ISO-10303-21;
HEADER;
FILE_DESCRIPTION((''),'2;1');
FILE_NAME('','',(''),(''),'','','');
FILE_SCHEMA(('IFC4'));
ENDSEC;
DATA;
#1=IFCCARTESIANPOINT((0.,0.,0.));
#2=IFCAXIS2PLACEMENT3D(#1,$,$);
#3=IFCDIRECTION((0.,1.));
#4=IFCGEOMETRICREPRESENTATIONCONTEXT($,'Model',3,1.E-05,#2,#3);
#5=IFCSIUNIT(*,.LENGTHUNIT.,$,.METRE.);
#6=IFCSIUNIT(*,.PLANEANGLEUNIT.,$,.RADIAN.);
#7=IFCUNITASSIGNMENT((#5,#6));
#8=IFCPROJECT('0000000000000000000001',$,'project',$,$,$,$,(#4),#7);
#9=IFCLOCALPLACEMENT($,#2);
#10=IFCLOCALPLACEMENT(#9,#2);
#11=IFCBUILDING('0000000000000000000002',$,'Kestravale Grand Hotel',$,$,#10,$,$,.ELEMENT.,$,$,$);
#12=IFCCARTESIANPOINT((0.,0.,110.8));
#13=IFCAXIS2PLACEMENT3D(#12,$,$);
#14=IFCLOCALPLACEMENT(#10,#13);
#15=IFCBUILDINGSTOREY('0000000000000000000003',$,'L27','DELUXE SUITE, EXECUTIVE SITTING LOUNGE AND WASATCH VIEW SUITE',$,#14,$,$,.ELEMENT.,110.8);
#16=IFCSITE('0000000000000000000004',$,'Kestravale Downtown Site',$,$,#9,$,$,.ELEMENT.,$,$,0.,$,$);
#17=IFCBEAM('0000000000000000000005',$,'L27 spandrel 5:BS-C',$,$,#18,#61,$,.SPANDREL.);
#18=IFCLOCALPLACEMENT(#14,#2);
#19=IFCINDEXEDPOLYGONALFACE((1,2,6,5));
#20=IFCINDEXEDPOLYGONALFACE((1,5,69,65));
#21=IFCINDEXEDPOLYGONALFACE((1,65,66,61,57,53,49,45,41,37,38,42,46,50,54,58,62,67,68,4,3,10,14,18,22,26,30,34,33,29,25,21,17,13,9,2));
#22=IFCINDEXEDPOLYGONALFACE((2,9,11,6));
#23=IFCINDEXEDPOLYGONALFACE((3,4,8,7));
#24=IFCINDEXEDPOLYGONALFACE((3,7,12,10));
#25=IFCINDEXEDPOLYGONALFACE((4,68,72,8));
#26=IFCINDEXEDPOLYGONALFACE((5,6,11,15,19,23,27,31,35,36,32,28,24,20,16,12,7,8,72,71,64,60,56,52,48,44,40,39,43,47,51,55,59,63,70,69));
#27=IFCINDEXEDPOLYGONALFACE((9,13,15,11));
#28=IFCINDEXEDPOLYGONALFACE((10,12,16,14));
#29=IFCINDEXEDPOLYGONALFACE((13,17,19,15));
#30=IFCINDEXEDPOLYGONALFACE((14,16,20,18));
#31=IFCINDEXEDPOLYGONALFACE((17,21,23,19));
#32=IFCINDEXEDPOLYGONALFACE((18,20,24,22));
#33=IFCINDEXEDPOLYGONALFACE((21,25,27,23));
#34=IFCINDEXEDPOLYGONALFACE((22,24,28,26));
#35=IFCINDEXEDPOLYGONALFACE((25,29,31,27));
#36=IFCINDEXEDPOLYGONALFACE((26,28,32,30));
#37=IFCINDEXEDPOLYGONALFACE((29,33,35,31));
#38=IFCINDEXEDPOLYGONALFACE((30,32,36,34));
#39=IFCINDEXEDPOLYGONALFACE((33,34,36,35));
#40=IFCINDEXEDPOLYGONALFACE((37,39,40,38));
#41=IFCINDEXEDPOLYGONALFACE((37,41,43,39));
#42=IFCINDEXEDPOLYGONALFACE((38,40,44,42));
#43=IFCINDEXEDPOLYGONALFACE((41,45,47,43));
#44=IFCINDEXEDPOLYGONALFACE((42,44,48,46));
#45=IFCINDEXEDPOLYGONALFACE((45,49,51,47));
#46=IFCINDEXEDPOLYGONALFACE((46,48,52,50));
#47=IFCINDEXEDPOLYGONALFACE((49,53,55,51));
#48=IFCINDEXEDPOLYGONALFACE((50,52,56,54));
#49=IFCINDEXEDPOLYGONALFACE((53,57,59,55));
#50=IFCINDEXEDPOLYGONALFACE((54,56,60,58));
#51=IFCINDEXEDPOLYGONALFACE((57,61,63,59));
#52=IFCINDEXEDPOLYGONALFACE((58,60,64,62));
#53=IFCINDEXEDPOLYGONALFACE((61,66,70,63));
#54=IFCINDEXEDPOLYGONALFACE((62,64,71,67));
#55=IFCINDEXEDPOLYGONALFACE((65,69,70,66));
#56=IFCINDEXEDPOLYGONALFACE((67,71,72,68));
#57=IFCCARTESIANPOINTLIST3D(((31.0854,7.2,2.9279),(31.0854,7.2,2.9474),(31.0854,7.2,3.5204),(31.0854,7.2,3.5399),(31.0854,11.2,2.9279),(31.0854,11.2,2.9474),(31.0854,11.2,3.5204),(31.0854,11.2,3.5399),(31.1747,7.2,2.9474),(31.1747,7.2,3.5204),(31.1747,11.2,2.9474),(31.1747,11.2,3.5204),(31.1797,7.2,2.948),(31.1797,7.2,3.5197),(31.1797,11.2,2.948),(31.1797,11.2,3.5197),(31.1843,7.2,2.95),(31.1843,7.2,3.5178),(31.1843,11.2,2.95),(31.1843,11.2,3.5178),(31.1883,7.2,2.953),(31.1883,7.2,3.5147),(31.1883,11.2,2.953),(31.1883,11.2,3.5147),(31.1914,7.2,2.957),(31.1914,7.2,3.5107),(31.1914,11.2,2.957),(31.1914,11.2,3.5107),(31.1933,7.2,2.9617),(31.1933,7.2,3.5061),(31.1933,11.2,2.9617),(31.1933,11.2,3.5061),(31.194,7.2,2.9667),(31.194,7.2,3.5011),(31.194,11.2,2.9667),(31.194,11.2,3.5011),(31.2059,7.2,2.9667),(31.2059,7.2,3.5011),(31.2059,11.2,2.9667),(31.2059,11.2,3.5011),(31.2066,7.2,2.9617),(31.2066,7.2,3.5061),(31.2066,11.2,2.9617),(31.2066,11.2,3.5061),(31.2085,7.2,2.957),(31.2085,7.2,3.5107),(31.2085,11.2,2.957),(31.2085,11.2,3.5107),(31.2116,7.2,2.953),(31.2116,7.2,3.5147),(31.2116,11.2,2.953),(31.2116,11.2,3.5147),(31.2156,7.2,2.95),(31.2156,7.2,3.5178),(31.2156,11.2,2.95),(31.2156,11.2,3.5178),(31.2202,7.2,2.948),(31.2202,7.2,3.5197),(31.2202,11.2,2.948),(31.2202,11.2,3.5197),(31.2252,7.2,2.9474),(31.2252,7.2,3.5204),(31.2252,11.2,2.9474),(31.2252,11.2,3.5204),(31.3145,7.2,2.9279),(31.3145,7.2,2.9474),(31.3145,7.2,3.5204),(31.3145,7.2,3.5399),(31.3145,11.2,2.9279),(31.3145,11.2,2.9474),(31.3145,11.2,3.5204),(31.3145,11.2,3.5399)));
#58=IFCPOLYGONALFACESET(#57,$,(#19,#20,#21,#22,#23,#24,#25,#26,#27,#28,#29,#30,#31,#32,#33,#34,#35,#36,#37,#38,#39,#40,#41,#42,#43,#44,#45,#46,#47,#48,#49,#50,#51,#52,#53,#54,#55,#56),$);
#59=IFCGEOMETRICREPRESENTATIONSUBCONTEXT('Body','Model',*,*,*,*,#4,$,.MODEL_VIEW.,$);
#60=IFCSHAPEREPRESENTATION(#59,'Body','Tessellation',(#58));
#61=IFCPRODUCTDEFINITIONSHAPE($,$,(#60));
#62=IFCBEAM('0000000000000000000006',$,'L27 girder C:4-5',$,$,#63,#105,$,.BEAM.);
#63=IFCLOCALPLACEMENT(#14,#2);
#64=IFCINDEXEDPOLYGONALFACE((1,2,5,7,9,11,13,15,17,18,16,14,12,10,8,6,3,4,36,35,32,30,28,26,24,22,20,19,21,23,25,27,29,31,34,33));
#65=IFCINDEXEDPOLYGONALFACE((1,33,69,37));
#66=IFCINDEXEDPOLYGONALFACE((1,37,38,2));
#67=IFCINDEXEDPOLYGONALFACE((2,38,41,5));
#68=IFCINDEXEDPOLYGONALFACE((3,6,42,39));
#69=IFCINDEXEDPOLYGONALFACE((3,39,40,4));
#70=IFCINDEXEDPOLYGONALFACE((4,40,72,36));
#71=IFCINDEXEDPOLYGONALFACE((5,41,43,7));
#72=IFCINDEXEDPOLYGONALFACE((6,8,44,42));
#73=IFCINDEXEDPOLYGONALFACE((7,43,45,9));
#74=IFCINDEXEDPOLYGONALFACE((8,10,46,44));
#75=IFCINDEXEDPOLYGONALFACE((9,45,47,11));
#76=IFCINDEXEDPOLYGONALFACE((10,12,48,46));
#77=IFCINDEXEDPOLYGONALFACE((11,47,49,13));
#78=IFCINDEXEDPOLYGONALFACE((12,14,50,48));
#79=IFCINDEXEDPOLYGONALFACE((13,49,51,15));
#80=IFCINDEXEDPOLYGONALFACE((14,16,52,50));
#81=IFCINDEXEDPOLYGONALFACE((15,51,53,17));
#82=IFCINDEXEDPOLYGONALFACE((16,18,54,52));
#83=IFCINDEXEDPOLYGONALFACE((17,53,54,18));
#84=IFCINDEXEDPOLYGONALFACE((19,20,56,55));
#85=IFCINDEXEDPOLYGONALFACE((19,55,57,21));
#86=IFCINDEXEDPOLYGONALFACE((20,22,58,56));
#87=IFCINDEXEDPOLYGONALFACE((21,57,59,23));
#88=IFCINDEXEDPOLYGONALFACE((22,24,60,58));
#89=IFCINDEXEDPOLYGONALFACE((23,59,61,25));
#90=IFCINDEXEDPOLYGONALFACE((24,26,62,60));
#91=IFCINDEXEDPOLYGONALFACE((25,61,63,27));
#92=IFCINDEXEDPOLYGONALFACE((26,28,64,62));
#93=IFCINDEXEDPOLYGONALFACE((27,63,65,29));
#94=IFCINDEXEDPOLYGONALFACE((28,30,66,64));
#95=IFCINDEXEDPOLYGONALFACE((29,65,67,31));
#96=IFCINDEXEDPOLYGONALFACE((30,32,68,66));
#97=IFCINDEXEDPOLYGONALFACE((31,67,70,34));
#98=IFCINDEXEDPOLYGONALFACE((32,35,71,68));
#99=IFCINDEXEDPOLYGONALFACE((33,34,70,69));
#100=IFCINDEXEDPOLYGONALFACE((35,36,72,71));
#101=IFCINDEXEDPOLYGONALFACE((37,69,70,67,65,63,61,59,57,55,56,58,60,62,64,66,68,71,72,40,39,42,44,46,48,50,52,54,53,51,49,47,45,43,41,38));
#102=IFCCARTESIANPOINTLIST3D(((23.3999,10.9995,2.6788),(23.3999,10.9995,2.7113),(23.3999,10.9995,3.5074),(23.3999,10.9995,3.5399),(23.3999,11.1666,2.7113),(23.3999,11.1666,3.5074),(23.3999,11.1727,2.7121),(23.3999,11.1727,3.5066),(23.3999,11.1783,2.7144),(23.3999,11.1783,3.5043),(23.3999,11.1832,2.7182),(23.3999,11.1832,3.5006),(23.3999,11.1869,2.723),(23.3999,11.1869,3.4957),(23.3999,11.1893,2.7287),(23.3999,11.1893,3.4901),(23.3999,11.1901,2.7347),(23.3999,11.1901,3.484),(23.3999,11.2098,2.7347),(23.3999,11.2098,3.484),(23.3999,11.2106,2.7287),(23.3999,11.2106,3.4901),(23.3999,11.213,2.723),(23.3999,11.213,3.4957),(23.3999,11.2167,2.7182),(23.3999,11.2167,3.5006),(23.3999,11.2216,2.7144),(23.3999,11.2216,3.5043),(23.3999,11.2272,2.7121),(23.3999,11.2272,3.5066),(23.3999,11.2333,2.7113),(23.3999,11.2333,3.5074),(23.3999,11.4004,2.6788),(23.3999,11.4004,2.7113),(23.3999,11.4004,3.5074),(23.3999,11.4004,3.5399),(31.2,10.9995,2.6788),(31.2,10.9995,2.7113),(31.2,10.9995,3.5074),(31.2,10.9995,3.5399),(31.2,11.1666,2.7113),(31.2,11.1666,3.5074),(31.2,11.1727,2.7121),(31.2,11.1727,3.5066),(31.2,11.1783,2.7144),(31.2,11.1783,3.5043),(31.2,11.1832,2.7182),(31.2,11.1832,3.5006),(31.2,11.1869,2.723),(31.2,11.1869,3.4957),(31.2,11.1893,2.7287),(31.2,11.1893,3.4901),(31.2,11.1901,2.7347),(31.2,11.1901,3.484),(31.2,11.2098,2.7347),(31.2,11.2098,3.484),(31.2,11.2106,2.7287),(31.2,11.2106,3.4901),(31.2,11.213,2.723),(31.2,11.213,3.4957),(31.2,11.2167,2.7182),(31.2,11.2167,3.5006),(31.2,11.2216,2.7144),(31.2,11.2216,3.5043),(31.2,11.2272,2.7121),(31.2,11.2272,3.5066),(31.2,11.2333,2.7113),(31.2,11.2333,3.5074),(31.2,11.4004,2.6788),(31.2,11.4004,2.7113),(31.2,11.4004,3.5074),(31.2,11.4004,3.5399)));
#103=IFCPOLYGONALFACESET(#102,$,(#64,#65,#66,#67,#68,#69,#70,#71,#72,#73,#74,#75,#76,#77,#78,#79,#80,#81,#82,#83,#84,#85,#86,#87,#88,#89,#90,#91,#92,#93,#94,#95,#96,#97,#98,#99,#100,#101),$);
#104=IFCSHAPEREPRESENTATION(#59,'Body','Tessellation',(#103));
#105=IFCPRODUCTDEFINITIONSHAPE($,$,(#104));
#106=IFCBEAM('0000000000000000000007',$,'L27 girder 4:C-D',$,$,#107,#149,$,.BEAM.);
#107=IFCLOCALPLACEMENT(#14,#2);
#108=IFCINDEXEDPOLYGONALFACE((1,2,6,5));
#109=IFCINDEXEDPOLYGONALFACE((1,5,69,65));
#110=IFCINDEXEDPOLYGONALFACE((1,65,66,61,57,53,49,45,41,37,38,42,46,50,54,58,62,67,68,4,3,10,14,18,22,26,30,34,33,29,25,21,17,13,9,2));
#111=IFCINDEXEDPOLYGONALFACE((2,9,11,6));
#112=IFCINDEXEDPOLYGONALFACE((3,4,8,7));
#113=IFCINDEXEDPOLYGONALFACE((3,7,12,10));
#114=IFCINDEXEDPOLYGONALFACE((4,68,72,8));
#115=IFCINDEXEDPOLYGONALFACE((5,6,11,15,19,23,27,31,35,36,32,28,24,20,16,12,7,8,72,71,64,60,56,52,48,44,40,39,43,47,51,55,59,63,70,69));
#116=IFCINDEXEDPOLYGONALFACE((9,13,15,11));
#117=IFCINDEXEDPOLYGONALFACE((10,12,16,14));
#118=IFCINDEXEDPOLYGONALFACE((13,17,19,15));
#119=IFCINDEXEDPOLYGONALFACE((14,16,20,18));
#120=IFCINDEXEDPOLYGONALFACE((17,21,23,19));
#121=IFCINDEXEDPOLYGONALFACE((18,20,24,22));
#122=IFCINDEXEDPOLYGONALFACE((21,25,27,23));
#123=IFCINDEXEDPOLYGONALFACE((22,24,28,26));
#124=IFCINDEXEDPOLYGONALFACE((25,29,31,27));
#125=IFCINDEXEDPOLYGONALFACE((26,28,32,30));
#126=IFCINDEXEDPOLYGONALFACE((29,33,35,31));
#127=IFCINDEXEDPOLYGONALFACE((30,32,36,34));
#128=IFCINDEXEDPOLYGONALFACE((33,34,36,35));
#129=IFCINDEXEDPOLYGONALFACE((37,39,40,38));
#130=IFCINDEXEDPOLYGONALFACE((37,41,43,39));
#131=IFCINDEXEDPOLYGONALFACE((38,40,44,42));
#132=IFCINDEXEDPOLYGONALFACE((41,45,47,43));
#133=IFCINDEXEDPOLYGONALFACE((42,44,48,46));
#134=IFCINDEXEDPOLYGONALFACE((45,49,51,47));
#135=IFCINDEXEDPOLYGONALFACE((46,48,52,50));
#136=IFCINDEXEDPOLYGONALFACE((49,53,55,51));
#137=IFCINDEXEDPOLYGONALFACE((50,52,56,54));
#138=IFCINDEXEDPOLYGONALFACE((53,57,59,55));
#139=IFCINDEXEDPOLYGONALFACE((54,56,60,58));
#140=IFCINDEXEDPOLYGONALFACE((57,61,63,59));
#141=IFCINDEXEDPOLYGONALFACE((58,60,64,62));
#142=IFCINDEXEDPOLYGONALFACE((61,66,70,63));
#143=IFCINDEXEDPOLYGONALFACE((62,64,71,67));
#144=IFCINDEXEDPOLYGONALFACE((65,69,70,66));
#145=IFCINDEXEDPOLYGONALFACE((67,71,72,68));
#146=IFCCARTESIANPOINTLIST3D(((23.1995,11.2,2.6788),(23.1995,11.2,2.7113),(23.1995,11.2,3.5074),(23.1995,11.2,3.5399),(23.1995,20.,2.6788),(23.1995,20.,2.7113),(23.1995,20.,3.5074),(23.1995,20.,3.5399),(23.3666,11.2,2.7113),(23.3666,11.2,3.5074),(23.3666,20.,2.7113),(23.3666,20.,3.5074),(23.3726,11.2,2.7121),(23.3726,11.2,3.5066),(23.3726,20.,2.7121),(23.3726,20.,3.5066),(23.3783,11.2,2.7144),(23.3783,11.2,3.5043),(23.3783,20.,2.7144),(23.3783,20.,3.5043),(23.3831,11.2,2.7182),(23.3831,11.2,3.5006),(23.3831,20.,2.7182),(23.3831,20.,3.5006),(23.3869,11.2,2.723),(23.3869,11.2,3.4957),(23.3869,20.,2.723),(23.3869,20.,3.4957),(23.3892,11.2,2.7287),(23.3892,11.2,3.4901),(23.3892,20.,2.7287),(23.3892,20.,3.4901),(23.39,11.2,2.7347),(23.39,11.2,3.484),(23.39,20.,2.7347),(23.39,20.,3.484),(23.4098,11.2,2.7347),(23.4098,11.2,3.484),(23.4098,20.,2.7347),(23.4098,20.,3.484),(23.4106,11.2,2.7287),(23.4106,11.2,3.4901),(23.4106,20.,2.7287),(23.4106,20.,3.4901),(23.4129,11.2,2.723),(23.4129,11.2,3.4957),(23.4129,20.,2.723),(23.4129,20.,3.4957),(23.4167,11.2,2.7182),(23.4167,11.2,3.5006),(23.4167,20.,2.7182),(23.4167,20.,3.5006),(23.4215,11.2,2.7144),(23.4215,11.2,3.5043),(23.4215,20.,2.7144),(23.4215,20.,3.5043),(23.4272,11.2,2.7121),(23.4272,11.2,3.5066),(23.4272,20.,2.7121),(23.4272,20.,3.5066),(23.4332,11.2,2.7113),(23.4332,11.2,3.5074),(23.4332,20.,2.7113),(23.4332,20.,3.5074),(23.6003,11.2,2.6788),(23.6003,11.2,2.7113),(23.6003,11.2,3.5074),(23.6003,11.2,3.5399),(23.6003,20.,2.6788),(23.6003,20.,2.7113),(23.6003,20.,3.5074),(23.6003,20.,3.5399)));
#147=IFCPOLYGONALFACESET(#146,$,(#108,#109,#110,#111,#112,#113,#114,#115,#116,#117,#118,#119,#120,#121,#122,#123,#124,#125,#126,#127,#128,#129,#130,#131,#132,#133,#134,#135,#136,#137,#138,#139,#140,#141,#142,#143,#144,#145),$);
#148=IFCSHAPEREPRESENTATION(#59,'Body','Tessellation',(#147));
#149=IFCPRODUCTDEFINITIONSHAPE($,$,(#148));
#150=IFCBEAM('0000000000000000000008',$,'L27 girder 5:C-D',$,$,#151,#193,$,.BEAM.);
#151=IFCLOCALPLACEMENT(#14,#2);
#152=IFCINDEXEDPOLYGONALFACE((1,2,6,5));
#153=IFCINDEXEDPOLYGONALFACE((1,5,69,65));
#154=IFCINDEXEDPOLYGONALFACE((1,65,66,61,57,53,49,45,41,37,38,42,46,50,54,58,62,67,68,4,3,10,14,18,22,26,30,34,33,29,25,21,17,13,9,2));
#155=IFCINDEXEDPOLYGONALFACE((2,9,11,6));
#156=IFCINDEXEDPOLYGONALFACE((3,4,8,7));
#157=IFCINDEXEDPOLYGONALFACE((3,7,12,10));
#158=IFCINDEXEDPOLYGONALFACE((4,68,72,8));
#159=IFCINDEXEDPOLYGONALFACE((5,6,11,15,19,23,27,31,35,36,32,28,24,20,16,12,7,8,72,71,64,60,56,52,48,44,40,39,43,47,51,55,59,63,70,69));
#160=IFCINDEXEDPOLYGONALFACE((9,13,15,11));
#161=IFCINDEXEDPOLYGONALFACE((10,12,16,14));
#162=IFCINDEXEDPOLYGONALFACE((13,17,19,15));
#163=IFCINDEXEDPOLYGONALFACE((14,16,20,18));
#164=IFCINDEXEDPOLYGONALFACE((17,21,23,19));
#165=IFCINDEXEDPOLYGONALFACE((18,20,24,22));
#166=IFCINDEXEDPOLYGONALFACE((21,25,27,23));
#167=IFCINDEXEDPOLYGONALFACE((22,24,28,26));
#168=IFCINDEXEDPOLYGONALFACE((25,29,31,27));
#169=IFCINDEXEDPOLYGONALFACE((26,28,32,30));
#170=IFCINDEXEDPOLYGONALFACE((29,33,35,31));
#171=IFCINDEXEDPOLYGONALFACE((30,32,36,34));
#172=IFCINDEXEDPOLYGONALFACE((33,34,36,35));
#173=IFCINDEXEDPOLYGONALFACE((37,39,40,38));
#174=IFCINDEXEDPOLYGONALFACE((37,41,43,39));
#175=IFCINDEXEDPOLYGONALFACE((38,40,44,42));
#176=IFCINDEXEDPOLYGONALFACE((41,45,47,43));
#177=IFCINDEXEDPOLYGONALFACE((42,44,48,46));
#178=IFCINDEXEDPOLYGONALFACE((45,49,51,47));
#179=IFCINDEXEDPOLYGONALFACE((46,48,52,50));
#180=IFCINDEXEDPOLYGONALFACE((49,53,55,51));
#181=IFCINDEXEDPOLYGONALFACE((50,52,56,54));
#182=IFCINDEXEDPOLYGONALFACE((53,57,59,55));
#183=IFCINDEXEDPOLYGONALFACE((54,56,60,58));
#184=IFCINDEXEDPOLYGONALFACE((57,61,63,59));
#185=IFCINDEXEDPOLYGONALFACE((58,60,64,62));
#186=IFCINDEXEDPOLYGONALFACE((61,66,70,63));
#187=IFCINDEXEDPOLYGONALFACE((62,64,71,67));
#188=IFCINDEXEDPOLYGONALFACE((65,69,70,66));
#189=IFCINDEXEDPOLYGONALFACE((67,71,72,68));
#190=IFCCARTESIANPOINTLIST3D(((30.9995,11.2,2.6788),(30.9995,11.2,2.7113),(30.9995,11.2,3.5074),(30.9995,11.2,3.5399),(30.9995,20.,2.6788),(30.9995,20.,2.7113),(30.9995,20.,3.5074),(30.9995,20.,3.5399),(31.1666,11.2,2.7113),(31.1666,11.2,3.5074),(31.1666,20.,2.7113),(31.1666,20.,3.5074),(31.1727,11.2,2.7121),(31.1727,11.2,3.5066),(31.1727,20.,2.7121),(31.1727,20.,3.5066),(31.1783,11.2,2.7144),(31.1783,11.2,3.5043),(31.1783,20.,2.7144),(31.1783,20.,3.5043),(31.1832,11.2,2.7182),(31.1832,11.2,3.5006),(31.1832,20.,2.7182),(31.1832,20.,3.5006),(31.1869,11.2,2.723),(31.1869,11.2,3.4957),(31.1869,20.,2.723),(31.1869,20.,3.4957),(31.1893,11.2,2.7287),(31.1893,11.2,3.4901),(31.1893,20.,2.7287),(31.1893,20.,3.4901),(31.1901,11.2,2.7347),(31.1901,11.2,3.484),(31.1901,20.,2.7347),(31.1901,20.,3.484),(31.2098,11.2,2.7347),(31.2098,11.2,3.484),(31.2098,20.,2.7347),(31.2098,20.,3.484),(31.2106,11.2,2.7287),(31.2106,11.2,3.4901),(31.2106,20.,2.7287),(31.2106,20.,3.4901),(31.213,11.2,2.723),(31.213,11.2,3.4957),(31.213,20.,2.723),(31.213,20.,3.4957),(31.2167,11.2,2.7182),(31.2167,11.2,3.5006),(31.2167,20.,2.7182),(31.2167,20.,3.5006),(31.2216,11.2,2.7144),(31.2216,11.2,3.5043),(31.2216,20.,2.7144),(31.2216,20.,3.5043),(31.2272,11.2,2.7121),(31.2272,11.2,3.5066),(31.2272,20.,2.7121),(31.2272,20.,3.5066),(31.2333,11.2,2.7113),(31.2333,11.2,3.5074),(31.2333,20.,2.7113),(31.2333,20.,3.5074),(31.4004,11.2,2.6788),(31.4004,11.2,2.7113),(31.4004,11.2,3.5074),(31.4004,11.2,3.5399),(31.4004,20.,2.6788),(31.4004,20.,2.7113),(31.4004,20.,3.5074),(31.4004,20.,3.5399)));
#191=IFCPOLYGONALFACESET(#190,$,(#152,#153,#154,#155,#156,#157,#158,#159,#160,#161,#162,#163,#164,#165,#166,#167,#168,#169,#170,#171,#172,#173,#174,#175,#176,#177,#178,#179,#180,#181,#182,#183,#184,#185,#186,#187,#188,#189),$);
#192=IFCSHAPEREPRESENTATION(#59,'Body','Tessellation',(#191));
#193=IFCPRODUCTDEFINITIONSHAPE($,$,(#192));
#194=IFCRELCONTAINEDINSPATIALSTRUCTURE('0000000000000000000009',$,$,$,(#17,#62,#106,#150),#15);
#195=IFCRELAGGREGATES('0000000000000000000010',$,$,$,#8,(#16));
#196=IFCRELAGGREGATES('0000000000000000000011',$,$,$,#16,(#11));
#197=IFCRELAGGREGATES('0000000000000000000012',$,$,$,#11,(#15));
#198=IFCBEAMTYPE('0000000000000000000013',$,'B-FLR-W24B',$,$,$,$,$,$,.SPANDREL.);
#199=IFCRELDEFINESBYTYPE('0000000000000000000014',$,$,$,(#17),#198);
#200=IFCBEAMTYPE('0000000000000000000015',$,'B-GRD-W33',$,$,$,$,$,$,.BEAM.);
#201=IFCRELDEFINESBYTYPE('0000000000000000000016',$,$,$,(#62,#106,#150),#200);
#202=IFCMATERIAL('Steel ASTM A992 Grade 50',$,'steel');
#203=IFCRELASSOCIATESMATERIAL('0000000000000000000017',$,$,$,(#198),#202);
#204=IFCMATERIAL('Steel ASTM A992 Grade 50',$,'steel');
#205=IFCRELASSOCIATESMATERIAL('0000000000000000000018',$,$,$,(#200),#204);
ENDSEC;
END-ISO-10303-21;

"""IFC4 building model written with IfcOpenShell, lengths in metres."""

from ifc_helpers import new_model, si_unit, direction, frame, origin, origin_2d, place, context, subcontext, project, spatial, i_section, extrude, material, material_profile, profile_set, type_object, element, save


model = new_model("IFC4")

# Units and contexts
model_context = context("Model", 3, precision=1e-05, world=origin(), true_north=direction((0.0, 1.0)))
body_context = subcontext(model_context, "Body", "Model", "MODEL_VIEW")
ifc_project = project(units=[si_unit("LENGTHUNIT", "METRE"), si_unit("PLANEANGLEUNIT", "RADIAN")], contexts=[model_context])

# Site, building, storey
site_placement = place(None, origin())
site = spatial("IfcSite", under=ifc_project, at=site_placement, Name="Kestravale Downtown Site", CompositionType="ELEMENT", RefElevation=0.0)
building_placement = place(site_placement, origin())
building = spatial("IfcBuilding", under=site, at=building_placement, Name="Kestravale Grand Hotel", CompositionType="ELEMENT")
storey_placement = place(building_placement, frame((0.0, 0.0, 110.8)))
storey = spatial("IfcBuildingStorey", under=building, at=storey_placement, Name="L27", Description="DELUXE SUITE, EXECUTIVE SITTING LOUNGE AND WASATCH VIEW SUITE", CompositionType="ELEMENT", Elevation=110.8)

# Beams
ifc_material_1 = material(Name="Steel ASTM A992 Grade 50", Category="steel")
ifc_material_profile_1 = material_profile(ifc_material_1, i_section(OverallWidth=0.229, OverallDepth=0.6121, WebThickness=0.012, FlangeThickness=0.0195, FilletRadius=0.0193, at=origin_2d()))
ifc_profile_set_1 = profile_set([ifc_material_profile_1], Name="Steel ASTM A992 Grade 50")
beam_type_1 = type_object("IfcBeamType", Name="B-FLR-W24B", PredefinedType="SPANDREL", material=ifc_profile_set_1)
beam_1_placement = place(storey_placement, frame((31.2, 7.2, 3.2339), z_axis=(0.0, 1.0, 0.0), x_axis=(-1.0, 0.0, 0.0)))
element("IfcBeam", 1, at=beam_1_placement, inside=storey, type_object=beam_type_1, Name="L27 spandrel 5:BS-C", PredefinedType="SPANDREL", context=body_context, shape_type="SweptSolid", body=[
    extrude(i_section(OverallWidth=0.229, OverallDepth=0.6121, WebThickness=0.012, FlangeThickness=0.0195, FilletRadius=0.0193, at=origin_2d()), origin(), (0.0, 0.0, 1.0), 4.0),
])
ifc_material_2 = material(Name="Steel ASTM A992 Grade 50", Category="steel")
ifc_material_profile_2 = material_profile(ifc_material_2, i_section(OverallWidth=0.4009, OverallDepth=0.8611, WebThickness=0.0198, FlangeThickness=0.0325, FilletRadius=0.0234, at=origin_2d()))
ifc_profile_set_2 = profile_set([ifc_material_profile_2], Name="Steel ASTM A992 Grade 50")
beam_type_2 = type_object("IfcBeamType", Name="B-GRD-W33", PredefinedType="BEAM", material=ifc_profile_set_2)
beam_2_placement = place(storey_placement, frame((23.3999, 11.2, 3.1094), z_axis=(1.0, 0.0, 0.0), x_axis=(0.0, 1.0, 0.0)))
element("IfcBeam", 2, at=beam_2_placement, inside=storey, type_object=beam_type_2, Name="L27 girder C:4-5", PredefinedType="BEAM", context=body_context, shape_type="SweptSolid", body=[
    extrude(i_section(OverallWidth=0.4009, OverallDepth=0.8611, WebThickness=0.0198, FlangeThickness=0.0325, FilletRadius=0.0234, at=origin_2d()), origin(), (0.0, 0.0, 1.0), 7.8),
])
for number, where, z_axis, x_axis, name in (
    (3, (23.3999, 11.2, 3.1094), (0.0, 1.0, 0.0), (-1.0, 0.0, 0.0), "L27 girder 4:C-D"),
    (4, (31.2, 11.2, 3.1094), (0.0, 1.0, 0.0), (-1.0, 0.0, 0.0), "L27 girder 5:C-D"),
):
    element("IfcBeam", number, at=place(storey_placement, frame(where, z_axis=z_axis, x_axis=x_axis)), inside=storey, type_object=beam_type_2, Name=name, PredefinedType="BEAM", context=body_context, shape_type="SweptSolid", body=[
        extrude(i_section(OverallWidth=0.4009, OverallDepth=0.8611, WebThickness=0.0198, FlangeThickness=0.0325, FilletRadius=0.0234, at=origin_2d()), origin(), (0.0, 0.0, 1.0), 8.8),
    ])

save(model, "model.ifc")
